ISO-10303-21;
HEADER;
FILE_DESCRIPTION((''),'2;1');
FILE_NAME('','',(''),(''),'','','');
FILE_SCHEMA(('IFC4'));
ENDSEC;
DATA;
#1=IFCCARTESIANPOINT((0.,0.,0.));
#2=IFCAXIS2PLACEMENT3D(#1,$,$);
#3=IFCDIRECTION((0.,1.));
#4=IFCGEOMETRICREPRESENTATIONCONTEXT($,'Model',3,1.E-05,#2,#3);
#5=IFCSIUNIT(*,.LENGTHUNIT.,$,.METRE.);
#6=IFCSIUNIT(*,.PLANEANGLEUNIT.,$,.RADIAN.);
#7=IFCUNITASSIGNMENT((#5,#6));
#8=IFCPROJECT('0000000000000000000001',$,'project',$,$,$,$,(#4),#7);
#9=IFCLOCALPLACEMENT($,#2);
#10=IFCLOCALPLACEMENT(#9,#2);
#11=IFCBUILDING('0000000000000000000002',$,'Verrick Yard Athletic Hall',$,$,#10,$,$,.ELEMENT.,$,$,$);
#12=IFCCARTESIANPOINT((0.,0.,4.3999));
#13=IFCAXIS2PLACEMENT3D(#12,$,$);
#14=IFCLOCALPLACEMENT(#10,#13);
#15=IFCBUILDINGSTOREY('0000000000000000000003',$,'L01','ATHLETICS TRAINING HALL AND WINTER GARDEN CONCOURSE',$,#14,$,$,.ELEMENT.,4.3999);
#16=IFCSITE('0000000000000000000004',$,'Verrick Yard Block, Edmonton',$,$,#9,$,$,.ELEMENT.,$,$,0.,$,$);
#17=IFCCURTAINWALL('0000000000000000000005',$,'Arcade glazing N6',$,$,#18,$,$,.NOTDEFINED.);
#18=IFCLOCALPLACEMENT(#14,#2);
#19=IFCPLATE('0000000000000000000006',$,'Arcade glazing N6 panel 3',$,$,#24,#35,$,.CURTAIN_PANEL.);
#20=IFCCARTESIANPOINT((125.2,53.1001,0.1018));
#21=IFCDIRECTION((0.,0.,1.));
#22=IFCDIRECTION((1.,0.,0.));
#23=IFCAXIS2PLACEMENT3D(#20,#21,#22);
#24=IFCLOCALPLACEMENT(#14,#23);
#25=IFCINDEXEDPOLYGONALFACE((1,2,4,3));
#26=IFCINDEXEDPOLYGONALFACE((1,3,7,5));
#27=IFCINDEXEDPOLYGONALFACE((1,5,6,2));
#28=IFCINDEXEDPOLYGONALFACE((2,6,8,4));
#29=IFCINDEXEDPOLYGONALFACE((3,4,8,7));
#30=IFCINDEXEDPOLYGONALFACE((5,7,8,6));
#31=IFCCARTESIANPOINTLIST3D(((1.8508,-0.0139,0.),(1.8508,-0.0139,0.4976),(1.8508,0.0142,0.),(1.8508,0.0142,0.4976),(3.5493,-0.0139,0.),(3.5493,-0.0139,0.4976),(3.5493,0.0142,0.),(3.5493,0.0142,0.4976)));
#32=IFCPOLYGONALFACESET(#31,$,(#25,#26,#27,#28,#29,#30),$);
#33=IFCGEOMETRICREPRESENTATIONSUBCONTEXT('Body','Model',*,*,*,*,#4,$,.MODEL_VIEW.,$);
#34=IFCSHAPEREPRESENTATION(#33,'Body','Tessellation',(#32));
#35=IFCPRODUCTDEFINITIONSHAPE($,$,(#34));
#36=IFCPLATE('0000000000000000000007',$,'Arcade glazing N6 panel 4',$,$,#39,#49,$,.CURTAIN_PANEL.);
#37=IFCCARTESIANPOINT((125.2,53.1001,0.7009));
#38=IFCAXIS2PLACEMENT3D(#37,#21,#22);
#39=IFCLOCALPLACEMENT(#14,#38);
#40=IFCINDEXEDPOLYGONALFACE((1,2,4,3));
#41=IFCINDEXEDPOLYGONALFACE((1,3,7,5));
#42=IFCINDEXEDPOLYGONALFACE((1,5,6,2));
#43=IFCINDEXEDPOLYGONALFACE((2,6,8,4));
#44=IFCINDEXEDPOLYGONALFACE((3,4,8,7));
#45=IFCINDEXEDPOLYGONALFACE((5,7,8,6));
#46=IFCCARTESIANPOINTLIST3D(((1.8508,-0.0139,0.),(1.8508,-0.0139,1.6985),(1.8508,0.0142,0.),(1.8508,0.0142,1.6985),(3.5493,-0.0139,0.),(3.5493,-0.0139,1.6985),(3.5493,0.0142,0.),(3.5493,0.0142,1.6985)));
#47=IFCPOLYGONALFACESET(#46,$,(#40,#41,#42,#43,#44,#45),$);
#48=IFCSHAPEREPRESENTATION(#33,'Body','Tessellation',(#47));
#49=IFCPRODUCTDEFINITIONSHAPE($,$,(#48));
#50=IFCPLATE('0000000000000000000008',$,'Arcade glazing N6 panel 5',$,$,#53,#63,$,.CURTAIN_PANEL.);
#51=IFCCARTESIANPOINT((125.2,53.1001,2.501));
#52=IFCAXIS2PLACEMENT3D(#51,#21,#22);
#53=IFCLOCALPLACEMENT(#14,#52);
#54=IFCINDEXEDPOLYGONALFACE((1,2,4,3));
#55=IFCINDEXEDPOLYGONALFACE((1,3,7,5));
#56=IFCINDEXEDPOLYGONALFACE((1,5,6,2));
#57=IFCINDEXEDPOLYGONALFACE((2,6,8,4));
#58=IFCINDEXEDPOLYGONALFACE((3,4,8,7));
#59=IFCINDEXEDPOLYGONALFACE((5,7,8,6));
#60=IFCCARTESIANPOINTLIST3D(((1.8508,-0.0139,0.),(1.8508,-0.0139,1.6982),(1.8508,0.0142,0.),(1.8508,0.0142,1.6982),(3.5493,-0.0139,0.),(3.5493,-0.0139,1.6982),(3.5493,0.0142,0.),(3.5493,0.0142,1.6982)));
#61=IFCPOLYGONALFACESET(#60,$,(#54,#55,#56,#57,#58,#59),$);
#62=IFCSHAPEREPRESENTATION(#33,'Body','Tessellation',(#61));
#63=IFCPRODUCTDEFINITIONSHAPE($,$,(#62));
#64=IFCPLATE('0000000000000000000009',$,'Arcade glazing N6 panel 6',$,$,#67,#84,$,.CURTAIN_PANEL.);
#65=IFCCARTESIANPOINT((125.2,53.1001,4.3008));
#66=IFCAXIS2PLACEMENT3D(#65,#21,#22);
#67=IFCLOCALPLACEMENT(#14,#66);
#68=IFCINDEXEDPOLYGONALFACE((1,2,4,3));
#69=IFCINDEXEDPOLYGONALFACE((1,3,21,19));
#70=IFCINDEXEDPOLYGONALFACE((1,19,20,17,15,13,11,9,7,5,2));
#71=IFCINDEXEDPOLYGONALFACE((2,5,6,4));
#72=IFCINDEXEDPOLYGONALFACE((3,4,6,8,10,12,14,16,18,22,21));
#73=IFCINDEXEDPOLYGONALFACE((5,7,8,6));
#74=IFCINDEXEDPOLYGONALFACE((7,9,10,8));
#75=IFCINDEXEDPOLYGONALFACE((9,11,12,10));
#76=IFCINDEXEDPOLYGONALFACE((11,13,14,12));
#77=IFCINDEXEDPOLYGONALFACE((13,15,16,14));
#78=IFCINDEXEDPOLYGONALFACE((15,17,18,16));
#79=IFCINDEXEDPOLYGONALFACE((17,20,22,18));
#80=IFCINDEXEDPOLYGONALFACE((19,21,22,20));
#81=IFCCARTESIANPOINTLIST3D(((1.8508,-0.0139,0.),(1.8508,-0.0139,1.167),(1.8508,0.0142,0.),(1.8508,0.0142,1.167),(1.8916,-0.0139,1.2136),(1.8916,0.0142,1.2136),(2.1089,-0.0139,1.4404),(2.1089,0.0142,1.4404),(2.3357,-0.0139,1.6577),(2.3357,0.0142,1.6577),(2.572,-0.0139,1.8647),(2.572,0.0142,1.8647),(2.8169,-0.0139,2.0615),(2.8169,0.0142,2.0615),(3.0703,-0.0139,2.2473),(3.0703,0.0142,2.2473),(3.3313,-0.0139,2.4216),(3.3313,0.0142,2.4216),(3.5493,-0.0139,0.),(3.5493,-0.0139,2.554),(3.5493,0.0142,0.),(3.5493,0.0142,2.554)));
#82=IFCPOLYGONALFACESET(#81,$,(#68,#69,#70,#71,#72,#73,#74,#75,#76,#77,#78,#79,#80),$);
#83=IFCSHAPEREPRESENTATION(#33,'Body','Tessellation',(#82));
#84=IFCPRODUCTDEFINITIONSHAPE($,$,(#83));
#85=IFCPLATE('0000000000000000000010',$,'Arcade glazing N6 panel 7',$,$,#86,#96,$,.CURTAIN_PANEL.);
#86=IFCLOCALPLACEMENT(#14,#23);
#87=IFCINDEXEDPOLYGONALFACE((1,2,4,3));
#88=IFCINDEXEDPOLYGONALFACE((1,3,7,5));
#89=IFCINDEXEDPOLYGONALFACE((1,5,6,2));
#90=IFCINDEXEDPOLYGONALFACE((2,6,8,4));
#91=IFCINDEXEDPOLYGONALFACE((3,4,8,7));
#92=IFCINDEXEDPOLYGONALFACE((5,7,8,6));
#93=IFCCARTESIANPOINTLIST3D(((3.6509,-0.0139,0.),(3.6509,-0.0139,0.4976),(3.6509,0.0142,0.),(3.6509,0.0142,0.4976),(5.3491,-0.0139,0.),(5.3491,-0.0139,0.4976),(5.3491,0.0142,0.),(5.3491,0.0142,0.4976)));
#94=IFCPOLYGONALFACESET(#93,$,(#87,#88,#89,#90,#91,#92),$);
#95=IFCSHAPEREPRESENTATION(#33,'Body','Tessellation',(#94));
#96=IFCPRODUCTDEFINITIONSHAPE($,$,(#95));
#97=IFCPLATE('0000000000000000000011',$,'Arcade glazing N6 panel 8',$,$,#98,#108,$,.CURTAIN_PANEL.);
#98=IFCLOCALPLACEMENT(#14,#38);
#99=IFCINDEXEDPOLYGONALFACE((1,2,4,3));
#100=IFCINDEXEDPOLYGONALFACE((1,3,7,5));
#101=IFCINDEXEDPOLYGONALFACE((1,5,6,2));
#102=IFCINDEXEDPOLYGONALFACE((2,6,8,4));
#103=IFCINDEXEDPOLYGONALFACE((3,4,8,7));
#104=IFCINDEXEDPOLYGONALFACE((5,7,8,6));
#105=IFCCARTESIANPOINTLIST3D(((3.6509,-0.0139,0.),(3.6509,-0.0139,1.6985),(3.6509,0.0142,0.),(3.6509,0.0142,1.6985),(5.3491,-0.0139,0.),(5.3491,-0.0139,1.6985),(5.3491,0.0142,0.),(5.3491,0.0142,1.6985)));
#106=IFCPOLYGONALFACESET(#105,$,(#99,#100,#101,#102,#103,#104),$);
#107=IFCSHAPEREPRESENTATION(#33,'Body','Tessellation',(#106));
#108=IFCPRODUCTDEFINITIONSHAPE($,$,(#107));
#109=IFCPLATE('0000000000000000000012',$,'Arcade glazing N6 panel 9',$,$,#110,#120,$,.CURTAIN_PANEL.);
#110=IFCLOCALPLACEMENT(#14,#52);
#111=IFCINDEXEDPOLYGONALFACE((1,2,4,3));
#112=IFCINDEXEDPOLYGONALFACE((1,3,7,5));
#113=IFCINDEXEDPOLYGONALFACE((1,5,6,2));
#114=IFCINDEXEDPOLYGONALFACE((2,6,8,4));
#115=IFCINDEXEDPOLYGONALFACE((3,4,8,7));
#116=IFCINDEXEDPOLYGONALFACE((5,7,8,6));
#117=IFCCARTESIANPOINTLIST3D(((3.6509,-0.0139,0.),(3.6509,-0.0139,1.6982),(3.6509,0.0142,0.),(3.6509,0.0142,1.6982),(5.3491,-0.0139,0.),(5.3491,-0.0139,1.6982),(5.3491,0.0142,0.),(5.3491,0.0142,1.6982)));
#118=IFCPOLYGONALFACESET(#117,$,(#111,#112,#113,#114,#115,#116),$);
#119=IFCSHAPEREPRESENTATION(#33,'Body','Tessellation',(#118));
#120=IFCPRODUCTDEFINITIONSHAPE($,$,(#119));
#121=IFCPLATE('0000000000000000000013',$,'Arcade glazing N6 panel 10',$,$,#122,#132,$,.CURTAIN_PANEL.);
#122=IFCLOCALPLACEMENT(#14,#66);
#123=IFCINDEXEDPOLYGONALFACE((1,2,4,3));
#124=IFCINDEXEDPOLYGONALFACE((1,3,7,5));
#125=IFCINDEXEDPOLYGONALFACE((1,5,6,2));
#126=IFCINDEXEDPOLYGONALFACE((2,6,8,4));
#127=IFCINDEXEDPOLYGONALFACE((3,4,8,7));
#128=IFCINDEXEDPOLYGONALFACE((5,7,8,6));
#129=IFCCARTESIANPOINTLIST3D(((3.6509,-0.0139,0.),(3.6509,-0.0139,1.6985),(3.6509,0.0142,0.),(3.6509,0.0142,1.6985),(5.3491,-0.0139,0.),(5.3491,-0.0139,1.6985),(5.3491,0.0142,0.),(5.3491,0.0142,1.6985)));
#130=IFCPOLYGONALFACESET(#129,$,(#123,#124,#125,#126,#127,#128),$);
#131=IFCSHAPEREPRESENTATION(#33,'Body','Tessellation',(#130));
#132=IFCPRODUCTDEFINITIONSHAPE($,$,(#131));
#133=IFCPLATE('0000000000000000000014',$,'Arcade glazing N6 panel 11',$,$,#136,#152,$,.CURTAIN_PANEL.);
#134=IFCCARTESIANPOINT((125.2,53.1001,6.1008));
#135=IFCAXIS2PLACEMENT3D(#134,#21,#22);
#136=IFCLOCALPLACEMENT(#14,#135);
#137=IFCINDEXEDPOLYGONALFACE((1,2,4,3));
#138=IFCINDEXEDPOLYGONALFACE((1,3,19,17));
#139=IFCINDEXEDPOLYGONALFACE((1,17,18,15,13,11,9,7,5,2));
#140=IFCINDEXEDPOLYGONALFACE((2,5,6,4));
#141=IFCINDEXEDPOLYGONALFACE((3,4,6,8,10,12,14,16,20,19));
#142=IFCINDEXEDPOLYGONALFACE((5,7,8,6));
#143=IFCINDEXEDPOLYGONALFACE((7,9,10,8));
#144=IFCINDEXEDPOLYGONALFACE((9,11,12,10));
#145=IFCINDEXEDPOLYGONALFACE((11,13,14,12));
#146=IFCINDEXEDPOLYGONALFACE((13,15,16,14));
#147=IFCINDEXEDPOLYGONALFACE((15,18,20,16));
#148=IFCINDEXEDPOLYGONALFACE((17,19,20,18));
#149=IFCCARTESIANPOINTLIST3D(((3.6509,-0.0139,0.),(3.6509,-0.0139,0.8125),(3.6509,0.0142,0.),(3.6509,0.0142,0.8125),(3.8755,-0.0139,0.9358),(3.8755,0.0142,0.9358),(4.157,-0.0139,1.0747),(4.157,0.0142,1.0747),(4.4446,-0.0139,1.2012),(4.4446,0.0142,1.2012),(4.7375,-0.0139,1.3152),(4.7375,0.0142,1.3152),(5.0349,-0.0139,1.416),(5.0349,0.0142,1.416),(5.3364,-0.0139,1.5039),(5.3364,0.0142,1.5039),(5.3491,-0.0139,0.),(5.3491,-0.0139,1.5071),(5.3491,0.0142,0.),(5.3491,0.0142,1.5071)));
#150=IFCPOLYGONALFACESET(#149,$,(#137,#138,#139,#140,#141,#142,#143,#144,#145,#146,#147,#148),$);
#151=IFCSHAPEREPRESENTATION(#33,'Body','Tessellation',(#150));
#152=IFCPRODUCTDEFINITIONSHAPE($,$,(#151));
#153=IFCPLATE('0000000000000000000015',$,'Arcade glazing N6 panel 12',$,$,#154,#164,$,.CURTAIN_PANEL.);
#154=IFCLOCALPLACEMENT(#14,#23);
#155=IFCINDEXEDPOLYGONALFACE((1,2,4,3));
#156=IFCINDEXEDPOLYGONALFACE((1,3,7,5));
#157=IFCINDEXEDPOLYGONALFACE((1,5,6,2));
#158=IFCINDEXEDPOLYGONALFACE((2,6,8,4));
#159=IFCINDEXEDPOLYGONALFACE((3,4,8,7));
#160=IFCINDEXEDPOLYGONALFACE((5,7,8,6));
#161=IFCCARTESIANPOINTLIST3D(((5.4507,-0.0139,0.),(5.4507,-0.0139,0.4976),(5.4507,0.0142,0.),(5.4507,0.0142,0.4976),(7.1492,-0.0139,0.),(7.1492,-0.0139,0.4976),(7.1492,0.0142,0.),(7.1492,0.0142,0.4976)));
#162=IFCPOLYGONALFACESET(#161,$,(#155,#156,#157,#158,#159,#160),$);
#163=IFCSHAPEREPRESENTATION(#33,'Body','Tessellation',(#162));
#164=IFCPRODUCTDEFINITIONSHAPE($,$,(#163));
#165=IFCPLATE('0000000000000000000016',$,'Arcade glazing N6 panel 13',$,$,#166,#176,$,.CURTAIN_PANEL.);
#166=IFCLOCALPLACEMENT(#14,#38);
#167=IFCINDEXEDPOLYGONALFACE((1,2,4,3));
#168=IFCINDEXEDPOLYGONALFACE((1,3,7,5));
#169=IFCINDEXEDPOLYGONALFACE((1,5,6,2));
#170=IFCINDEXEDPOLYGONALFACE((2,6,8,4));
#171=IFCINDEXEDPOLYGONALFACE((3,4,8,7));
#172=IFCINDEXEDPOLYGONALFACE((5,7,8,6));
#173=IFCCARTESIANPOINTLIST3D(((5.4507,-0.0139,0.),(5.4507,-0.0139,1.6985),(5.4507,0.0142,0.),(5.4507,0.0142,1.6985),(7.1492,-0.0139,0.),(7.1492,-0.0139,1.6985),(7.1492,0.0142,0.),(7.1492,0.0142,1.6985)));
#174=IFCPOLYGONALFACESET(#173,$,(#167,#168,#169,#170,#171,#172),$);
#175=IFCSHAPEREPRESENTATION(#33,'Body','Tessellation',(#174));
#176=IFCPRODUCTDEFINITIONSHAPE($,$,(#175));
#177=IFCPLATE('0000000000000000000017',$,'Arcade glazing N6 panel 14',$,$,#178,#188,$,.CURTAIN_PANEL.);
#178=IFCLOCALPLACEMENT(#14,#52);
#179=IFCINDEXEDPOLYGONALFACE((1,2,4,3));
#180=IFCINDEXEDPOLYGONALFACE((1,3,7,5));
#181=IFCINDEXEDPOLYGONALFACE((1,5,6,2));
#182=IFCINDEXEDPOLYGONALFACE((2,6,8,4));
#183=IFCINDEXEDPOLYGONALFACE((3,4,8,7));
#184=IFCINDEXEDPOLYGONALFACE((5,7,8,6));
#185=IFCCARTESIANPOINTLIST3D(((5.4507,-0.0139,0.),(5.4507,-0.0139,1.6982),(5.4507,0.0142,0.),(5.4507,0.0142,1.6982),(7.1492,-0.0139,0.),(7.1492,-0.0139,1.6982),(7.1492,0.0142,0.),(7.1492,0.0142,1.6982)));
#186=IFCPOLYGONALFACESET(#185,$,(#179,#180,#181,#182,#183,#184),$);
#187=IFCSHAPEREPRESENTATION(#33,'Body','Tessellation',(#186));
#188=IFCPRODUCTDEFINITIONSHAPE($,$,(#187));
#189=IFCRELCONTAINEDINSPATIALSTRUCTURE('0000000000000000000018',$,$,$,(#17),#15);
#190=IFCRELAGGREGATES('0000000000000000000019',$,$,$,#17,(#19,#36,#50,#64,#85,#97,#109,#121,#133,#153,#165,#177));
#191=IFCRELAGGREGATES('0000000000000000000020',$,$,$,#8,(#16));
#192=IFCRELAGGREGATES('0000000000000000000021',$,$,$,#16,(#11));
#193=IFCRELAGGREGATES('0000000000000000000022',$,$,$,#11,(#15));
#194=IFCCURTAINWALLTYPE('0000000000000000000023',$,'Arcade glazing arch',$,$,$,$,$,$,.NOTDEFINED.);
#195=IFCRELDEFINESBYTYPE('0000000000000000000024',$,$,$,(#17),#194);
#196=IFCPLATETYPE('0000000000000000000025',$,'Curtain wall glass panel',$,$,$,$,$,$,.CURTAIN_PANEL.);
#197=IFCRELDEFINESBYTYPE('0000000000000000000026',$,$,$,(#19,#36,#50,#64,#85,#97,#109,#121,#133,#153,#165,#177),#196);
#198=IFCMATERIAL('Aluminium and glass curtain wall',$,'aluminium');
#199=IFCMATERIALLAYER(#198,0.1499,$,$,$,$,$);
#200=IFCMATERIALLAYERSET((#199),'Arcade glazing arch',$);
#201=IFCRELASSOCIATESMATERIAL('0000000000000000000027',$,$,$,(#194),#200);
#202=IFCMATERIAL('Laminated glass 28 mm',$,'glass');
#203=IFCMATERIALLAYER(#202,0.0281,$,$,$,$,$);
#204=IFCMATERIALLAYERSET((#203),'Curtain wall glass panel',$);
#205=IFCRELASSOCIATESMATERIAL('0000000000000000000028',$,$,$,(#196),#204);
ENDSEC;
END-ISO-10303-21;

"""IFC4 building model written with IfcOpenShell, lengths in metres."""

from ifc_helpers import new_model, si_unit, direction, frame, origin, place, context, subcontext, project, spatial, polyline, outline, extrude, material, layer, layer_set, type_object, element, aggregate, save


model = new_model("IFC4")

# Units and contexts
model_context = context("Model", 3, precision=1e-05, world=origin(), true_north=direction((0.0, 1.0)))
body_context = subcontext(model_context, "Body", "Model", "MODEL_VIEW")
ifc_project = project(units=[si_unit("LENGTHUNIT", "METRE"), si_unit("PLANEANGLEUNIT", "RADIAN")], contexts=[model_context])

# Site, building, storey
site_placement = place(None, origin())
site = spatial("IfcSite", under=ifc_project, at=site_placement, Name="Verrick Yard Block, Edmonton", CompositionType="ELEMENT", RefElevation=0.0)
building_placement = place(site_placement, origin())
building = spatial("IfcBuilding", under=site, at=building_placement, Name="Verrick Yard Athletic Hall", CompositionType="ELEMENT")
storey_placement = place(building_placement, frame((0.0, 0.0, 4.3999)))
storey = spatial("IfcBuildingStorey", under=building, at=storey_placement, Name="L01", Description="ATHLETICS TRAINING HALL AND WINTER GARDEN CONCOURSE", CompositionType="ELEMENT", Elevation=4.3999)

# Curtain wall, plates
ifc_material_1 = material(Name="Aluminium and glass curtain wall", Category="aluminium")
ifc_layer_1 = layer(ifc_material_1, 0.1499)
ifc_layer_set_1 = layer_set([ifc_layer_1], Name="Arcade glazing arch")
curtain_wall_type = type_object("IfcCurtainWallType", Name="Arcade glazing arch", PredefinedType="NOTDEFINED", material=ifc_layer_set_1)
curtain_wall_placement = place(storey_placement, origin())
curtain_wall = element("IfcCurtainWall", 1, at=curtain_wall_placement, inside=storey, type_object=curtain_wall_type, Name="Arcade glazing N6", PredefinedType="NOTDEFINED")
ifc_material_2 = material(Name="Laminated glass 28 mm", Category="glass")
ifc_layer_2 = layer(ifc_material_2, 0.0281)
ifc_layer_set_2 = layer_set([ifc_layer_2], Name="Curtain wall glass panel")
plate_type = type_object("IfcPlateType", Name="Curtain wall glass panel", PredefinedType="CURTAIN_PANEL", material=ifc_layer_set_2)
plate_1_placement = place(storey_placement, frame((125.2, 53.1001, 0.1018), z_axis=(0.0, 0.0, 1.0), x_axis=(1.0, 0.0, 0.0)))
plate_1 = element("IfcPlate", 2, at=plate_1_placement, type_object=plate_type, Name="Arcade glazing N6 panel 3", PredefinedType="CURTAIN_PANEL", context=body_context, shape_type="SweptSolid", body=[
    extrude(outline(polyline([(3.5493, 0.0), (3.5493, 0.4976), (1.8508, 0.4976), (1.8508, 0.0), (3.5493, 0.0)])), frame((0.0, 0.0142, 0.0), z_axis=(0.0, -1.0, 0.0), x_axis=(1.0, 0.0, 0.0)), (0.0, 0.0, 1.0), 0.0281),
])
plate_2_placement = place(storey_placement, frame((125.2, 53.1001, 0.7009), z_axis=(0.0, 0.0, 1.0), x_axis=(1.0, 0.0, 0.0)))
plate_2 = element("IfcPlate", 3, at=plate_2_placement, type_object=plate_type, Name="Arcade glazing N6 panel 4", PredefinedType="CURTAIN_PANEL", context=body_context, shape_type="SweptSolid", body=[
    extrude(outline(polyline([(3.5493, 0.0), (3.5493, 1.6985), (1.8508, 1.6985), (1.8508, 0.0), (3.5493, 0.0)])), frame((0.0, 0.0142, 0.0), z_axis=(0.0, -1.0, 0.0), x_axis=(1.0, 0.0, 0.0)), (0.0, 0.0, 1.0), 0.0281),
])
plate_3_placement = place(storey_placement, frame((125.2, 53.1001, 2.501), z_axis=(0.0, 0.0, 1.0), x_axis=(1.0, 0.0, 0.0)))
plate_3 = element("IfcPlate", 4, at=plate_3_placement, type_object=plate_type, Name="Arcade glazing N6 panel 5", PredefinedType="CURTAIN_PANEL", context=body_context, shape_type="SweptSolid", body=[
    extrude(outline(polyline([(3.5493, 0.0), (3.5493, 1.6982), (1.8508, 1.6982), (1.8508, 0.0), (3.5493, 0.0)])), frame((0.0, 0.0142, 0.0), z_axis=(0.0, -1.0, 0.0), x_axis=(1.0, 0.0, 0.0)), (0.0, 0.0, 1.0), 0.0281),
])
plate_4_placement = place(storey_placement, frame((125.2, 53.1001, 4.3008), z_axis=(0.0, 0.0, 1.0), x_axis=(1.0, 0.0, 0.0)))
plate_4 = element("IfcPlate", 5, at=plate_4_placement, type_object=plate_type, Name="Arcade glazing N6 panel 6", PredefinedType="CURTAIN_PANEL", context=body_context, shape_type="SweptSolid", body=[
    extrude(outline(polyline([(3.5493, 2.554), (3.3313, 2.4216), (3.0703, 2.2473), (2.8169, 2.0615), (2.572, 1.8647), (2.3357, 1.6577), (2.1089, 1.4404), (1.8916, 1.2136), (1.8508, 1.167), (1.8508, 0.0), (3.5493, 0.0), (3.5493, 2.554)])), frame((0.0, 0.0142, 0.0), z_axis=(0.0, -1.0, 0.0), x_axis=(1.0, 0.0, 0.0)), (0.0, 0.0, 1.0), 0.0281),
])
plate_5_placement = place(storey_placement, frame((125.2, 53.1001, 0.1018), z_axis=(0.0, 0.0, 1.0), x_axis=(1.0, 0.0, 0.0)))
plate_5 = element("IfcPlate", 6, at=plate_5_placement, type_object=plate_type, Name="Arcade glazing N6 panel 7", PredefinedType="CURTAIN_PANEL", context=body_context, shape_type="SweptSolid", body=[
    extrude(outline(polyline([(5.3491, 0.0), (5.3491, 0.4976), (3.6509, 0.4976), (3.6509, 0.0), (5.3491, 0.0)])), frame((0.0, 0.0142, 0.0), z_axis=(0.0, -1.0, 0.0), x_axis=(1.0, 0.0, 0.0)), (0.0, 0.0, 1.0), 0.0281),
])
plate_6_placement = place(storey_placement, frame((125.2, 53.1001, 0.7009), z_axis=(0.0, 0.0, 1.0), x_axis=(1.0, 0.0, 0.0)))
plate_6 = element("IfcPlate", 7, at=plate_6_placement, type_object=plate_type, Name="Arcade glazing N6 panel 8", PredefinedType="CURTAIN_PANEL", context=body_context, shape_type="SweptSolid", body=[
    extrude(outline(polyline([(5.3491, 0.0), (5.3491, 1.6985), (3.6509, 1.6985), (3.6509, 0.0), (5.3491, 0.0)])), frame((0.0, 0.0142, 0.0), z_axis=(0.0, -1.0, 0.0), x_axis=(1.0, 0.0, 0.0)), (0.0, 0.0, 1.0), 0.0281),
])
plate_7_placement = place(storey_placement, frame((125.2, 53.1001, 2.501), z_axis=(0.0, 0.0, 1.0), x_axis=(1.0, 0.0, 0.0)))
plate_7 = element("IfcPlate", 8, at=plate_7_placement, type_object=plate_type, Name="Arcade glazing N6 panel 9", PredefinedType="CURTAIN_PANEL", context=body_context, shape_type="SweptSolid", body=[
    extrude(outline(polyline([(5.3491, 0.0), (5.3491, 1.6982), (3.6509, 1.6982), (3.6509, 0.0), (5.3491, 0.0)])), frame((0.0, 0.0142, 0.0), z_axis=(0.0, -1.0, 0.0), x_axis=(1.0, 0.0, 0.0)), (0.0, 0.0, 1.0), 0.0281),
])
plate_8_placement = place(storey_placement, frame((125.2, 53.1001, 4.3008), z_axis=(0.0, 0.0, 1.0), x_axis=(1.0, 0.0, 0.0)))
plate_8 = element("IfcPlate", 9, at=plate_8_placement, type_object=plate_type, Name="Arcade glazing N6 panel 10", PredefinedType="CURTAIN_PANEL", context=body_context, shape_type="SweptSolid", body=[
    extrude(outline(polyline([(5.3491, 0.0), (5.3491, 1.6985), (3.6509, 1.6985), (3.6509, 0.0), (5.3491, 0.0)])), frame((0.0, 0.0142, 0.0), z_axis=(0.0, -1.0, 0.0), x_axis=(1.0, 0.0, 0.0)), (0.0, 0.0, 1.0), 0.0281),
])
plate_9_placement = place(storey_placement, frame((125.2, 53.1001, 6.1008), z_axis=(0.0, 0.0, 1.0), x_axis=(1.0, 0.0, 0.0)))
plate_9 = element("IfcPlate", 10, at=plate_9_placement, type_object=plate_type, Name="Arcade glazing N6 panel 11", PredefinedType="CURTAIN_PANEL", context=body_context, shape_type="SweptSolid", body=[
    extrude(outline(polyline([(5.3491, 1.5071), (5.3364, 1.5039), (5.0349, 1.416), (4.7375, 1.3152), (4.4446, 1.2012), (4.157, 1.0747), (3.8755, 0.9358), (3.6509, 0.8125), (3.6509, 0.0), (5.3491, 0.0), (5.3491, 1.5071)])), frame((0.0, 0.0142, 0.0), z_axis=(0.0, -1.0, 0.0), x_axis=(1.0, 0.0, 0.0)), (0.0, 0.0, 1.0), 0.0281),
])
plate_10_placement = place(storey_placement, frame((125.2, 53.1001, 0.1018), z_axis=(0.0, 0.0, 1.0), x_axis=(1.0, 0.0, 0.0)))
plate_10 = element("IfcPlate", 11, at=plate_10_placement, type_object=plate_type, Name="Arcade glazing N6 panel 12", PredefinedType="CURTAIN_PANEL", context=body_context, shape_type="SweptSolid", body=[
    extrude(outline(polyline([(7.1492, 0.0), (7.1492, 0.4976), (5.4507, 0.4976), (5.4507, 0.0), (7.1492, 0.0)])), frame((0.0, 0.0142, 0.0), z_axis=(0.0, -1.0, 0.0), x_axis=(1.0, 0.0, 0.0)), (0.0, 0.0, 1.0), 0.0281),
])
plate_11_placement = place(storey_placement, frame((125.2, 53.1001, 0.7009), z_axis=(0.0, 0.0, 1.0), x_axis=(1.0, 0.0, 0.0)))
plate_11 = element("IfcPlate", 12, at=plate_11_placement, type_object=plate_type, Name="Arcade glazing N6 panel 13", PredefinedType="CURTAIN_PANEL", context=body_context, shape_type="SweptSolid", body=[
    extrude(outline(polyline([(7.1492, 0.0), (7.1492, 1.6985), (5.4507, 1.6985), (5.4507, 0.0), (7.1492, 0.0)])), frame((0.0, 0.0142, 0.0), z_axis=(0.0, -1.0, 0.0), x_axis=(1.0, 0.0, 0.0)), (0.0, 0.0, 1.0), 0.0281),
])
plate_12_placement = place(storey_placement, frame((125.2, 53.1001, 2.501), z_axis=(0.0, 0.0, 1.0), x_axis=(1.0, 0.0, 0.0)))
plate_12 = element("IfcPlate", 13, at=plate_12_placement, type_object=plate_type, Name="Arcade glazing N6 panel 14", PredefinedType="CURTAIN_PANEL", context=body_context, shape_type="SweptSolid", body=[
    extrude(outline(polyline([(7.1492, 0.0), (7.1492, 1.6982), (5.4507, 1.6982), (5.4507, 0.0), (7.1492, 0.0)])), frame((0.0, 0.0142, 0.0), z_axis=(0.0, -1.0, 0.0), x_axis=(1.0, 0.0, 0.0)), (0.0, 0.0, 1.0), 0.0281),
])
aggregate(curtain_wall, [plate_1, plate_2, plate_3, plate_4, plate_5, plate_6, plate_7, plate_8, plate_9, plate_10, plate_11, plate_12])

save(model, "model.ifc")
